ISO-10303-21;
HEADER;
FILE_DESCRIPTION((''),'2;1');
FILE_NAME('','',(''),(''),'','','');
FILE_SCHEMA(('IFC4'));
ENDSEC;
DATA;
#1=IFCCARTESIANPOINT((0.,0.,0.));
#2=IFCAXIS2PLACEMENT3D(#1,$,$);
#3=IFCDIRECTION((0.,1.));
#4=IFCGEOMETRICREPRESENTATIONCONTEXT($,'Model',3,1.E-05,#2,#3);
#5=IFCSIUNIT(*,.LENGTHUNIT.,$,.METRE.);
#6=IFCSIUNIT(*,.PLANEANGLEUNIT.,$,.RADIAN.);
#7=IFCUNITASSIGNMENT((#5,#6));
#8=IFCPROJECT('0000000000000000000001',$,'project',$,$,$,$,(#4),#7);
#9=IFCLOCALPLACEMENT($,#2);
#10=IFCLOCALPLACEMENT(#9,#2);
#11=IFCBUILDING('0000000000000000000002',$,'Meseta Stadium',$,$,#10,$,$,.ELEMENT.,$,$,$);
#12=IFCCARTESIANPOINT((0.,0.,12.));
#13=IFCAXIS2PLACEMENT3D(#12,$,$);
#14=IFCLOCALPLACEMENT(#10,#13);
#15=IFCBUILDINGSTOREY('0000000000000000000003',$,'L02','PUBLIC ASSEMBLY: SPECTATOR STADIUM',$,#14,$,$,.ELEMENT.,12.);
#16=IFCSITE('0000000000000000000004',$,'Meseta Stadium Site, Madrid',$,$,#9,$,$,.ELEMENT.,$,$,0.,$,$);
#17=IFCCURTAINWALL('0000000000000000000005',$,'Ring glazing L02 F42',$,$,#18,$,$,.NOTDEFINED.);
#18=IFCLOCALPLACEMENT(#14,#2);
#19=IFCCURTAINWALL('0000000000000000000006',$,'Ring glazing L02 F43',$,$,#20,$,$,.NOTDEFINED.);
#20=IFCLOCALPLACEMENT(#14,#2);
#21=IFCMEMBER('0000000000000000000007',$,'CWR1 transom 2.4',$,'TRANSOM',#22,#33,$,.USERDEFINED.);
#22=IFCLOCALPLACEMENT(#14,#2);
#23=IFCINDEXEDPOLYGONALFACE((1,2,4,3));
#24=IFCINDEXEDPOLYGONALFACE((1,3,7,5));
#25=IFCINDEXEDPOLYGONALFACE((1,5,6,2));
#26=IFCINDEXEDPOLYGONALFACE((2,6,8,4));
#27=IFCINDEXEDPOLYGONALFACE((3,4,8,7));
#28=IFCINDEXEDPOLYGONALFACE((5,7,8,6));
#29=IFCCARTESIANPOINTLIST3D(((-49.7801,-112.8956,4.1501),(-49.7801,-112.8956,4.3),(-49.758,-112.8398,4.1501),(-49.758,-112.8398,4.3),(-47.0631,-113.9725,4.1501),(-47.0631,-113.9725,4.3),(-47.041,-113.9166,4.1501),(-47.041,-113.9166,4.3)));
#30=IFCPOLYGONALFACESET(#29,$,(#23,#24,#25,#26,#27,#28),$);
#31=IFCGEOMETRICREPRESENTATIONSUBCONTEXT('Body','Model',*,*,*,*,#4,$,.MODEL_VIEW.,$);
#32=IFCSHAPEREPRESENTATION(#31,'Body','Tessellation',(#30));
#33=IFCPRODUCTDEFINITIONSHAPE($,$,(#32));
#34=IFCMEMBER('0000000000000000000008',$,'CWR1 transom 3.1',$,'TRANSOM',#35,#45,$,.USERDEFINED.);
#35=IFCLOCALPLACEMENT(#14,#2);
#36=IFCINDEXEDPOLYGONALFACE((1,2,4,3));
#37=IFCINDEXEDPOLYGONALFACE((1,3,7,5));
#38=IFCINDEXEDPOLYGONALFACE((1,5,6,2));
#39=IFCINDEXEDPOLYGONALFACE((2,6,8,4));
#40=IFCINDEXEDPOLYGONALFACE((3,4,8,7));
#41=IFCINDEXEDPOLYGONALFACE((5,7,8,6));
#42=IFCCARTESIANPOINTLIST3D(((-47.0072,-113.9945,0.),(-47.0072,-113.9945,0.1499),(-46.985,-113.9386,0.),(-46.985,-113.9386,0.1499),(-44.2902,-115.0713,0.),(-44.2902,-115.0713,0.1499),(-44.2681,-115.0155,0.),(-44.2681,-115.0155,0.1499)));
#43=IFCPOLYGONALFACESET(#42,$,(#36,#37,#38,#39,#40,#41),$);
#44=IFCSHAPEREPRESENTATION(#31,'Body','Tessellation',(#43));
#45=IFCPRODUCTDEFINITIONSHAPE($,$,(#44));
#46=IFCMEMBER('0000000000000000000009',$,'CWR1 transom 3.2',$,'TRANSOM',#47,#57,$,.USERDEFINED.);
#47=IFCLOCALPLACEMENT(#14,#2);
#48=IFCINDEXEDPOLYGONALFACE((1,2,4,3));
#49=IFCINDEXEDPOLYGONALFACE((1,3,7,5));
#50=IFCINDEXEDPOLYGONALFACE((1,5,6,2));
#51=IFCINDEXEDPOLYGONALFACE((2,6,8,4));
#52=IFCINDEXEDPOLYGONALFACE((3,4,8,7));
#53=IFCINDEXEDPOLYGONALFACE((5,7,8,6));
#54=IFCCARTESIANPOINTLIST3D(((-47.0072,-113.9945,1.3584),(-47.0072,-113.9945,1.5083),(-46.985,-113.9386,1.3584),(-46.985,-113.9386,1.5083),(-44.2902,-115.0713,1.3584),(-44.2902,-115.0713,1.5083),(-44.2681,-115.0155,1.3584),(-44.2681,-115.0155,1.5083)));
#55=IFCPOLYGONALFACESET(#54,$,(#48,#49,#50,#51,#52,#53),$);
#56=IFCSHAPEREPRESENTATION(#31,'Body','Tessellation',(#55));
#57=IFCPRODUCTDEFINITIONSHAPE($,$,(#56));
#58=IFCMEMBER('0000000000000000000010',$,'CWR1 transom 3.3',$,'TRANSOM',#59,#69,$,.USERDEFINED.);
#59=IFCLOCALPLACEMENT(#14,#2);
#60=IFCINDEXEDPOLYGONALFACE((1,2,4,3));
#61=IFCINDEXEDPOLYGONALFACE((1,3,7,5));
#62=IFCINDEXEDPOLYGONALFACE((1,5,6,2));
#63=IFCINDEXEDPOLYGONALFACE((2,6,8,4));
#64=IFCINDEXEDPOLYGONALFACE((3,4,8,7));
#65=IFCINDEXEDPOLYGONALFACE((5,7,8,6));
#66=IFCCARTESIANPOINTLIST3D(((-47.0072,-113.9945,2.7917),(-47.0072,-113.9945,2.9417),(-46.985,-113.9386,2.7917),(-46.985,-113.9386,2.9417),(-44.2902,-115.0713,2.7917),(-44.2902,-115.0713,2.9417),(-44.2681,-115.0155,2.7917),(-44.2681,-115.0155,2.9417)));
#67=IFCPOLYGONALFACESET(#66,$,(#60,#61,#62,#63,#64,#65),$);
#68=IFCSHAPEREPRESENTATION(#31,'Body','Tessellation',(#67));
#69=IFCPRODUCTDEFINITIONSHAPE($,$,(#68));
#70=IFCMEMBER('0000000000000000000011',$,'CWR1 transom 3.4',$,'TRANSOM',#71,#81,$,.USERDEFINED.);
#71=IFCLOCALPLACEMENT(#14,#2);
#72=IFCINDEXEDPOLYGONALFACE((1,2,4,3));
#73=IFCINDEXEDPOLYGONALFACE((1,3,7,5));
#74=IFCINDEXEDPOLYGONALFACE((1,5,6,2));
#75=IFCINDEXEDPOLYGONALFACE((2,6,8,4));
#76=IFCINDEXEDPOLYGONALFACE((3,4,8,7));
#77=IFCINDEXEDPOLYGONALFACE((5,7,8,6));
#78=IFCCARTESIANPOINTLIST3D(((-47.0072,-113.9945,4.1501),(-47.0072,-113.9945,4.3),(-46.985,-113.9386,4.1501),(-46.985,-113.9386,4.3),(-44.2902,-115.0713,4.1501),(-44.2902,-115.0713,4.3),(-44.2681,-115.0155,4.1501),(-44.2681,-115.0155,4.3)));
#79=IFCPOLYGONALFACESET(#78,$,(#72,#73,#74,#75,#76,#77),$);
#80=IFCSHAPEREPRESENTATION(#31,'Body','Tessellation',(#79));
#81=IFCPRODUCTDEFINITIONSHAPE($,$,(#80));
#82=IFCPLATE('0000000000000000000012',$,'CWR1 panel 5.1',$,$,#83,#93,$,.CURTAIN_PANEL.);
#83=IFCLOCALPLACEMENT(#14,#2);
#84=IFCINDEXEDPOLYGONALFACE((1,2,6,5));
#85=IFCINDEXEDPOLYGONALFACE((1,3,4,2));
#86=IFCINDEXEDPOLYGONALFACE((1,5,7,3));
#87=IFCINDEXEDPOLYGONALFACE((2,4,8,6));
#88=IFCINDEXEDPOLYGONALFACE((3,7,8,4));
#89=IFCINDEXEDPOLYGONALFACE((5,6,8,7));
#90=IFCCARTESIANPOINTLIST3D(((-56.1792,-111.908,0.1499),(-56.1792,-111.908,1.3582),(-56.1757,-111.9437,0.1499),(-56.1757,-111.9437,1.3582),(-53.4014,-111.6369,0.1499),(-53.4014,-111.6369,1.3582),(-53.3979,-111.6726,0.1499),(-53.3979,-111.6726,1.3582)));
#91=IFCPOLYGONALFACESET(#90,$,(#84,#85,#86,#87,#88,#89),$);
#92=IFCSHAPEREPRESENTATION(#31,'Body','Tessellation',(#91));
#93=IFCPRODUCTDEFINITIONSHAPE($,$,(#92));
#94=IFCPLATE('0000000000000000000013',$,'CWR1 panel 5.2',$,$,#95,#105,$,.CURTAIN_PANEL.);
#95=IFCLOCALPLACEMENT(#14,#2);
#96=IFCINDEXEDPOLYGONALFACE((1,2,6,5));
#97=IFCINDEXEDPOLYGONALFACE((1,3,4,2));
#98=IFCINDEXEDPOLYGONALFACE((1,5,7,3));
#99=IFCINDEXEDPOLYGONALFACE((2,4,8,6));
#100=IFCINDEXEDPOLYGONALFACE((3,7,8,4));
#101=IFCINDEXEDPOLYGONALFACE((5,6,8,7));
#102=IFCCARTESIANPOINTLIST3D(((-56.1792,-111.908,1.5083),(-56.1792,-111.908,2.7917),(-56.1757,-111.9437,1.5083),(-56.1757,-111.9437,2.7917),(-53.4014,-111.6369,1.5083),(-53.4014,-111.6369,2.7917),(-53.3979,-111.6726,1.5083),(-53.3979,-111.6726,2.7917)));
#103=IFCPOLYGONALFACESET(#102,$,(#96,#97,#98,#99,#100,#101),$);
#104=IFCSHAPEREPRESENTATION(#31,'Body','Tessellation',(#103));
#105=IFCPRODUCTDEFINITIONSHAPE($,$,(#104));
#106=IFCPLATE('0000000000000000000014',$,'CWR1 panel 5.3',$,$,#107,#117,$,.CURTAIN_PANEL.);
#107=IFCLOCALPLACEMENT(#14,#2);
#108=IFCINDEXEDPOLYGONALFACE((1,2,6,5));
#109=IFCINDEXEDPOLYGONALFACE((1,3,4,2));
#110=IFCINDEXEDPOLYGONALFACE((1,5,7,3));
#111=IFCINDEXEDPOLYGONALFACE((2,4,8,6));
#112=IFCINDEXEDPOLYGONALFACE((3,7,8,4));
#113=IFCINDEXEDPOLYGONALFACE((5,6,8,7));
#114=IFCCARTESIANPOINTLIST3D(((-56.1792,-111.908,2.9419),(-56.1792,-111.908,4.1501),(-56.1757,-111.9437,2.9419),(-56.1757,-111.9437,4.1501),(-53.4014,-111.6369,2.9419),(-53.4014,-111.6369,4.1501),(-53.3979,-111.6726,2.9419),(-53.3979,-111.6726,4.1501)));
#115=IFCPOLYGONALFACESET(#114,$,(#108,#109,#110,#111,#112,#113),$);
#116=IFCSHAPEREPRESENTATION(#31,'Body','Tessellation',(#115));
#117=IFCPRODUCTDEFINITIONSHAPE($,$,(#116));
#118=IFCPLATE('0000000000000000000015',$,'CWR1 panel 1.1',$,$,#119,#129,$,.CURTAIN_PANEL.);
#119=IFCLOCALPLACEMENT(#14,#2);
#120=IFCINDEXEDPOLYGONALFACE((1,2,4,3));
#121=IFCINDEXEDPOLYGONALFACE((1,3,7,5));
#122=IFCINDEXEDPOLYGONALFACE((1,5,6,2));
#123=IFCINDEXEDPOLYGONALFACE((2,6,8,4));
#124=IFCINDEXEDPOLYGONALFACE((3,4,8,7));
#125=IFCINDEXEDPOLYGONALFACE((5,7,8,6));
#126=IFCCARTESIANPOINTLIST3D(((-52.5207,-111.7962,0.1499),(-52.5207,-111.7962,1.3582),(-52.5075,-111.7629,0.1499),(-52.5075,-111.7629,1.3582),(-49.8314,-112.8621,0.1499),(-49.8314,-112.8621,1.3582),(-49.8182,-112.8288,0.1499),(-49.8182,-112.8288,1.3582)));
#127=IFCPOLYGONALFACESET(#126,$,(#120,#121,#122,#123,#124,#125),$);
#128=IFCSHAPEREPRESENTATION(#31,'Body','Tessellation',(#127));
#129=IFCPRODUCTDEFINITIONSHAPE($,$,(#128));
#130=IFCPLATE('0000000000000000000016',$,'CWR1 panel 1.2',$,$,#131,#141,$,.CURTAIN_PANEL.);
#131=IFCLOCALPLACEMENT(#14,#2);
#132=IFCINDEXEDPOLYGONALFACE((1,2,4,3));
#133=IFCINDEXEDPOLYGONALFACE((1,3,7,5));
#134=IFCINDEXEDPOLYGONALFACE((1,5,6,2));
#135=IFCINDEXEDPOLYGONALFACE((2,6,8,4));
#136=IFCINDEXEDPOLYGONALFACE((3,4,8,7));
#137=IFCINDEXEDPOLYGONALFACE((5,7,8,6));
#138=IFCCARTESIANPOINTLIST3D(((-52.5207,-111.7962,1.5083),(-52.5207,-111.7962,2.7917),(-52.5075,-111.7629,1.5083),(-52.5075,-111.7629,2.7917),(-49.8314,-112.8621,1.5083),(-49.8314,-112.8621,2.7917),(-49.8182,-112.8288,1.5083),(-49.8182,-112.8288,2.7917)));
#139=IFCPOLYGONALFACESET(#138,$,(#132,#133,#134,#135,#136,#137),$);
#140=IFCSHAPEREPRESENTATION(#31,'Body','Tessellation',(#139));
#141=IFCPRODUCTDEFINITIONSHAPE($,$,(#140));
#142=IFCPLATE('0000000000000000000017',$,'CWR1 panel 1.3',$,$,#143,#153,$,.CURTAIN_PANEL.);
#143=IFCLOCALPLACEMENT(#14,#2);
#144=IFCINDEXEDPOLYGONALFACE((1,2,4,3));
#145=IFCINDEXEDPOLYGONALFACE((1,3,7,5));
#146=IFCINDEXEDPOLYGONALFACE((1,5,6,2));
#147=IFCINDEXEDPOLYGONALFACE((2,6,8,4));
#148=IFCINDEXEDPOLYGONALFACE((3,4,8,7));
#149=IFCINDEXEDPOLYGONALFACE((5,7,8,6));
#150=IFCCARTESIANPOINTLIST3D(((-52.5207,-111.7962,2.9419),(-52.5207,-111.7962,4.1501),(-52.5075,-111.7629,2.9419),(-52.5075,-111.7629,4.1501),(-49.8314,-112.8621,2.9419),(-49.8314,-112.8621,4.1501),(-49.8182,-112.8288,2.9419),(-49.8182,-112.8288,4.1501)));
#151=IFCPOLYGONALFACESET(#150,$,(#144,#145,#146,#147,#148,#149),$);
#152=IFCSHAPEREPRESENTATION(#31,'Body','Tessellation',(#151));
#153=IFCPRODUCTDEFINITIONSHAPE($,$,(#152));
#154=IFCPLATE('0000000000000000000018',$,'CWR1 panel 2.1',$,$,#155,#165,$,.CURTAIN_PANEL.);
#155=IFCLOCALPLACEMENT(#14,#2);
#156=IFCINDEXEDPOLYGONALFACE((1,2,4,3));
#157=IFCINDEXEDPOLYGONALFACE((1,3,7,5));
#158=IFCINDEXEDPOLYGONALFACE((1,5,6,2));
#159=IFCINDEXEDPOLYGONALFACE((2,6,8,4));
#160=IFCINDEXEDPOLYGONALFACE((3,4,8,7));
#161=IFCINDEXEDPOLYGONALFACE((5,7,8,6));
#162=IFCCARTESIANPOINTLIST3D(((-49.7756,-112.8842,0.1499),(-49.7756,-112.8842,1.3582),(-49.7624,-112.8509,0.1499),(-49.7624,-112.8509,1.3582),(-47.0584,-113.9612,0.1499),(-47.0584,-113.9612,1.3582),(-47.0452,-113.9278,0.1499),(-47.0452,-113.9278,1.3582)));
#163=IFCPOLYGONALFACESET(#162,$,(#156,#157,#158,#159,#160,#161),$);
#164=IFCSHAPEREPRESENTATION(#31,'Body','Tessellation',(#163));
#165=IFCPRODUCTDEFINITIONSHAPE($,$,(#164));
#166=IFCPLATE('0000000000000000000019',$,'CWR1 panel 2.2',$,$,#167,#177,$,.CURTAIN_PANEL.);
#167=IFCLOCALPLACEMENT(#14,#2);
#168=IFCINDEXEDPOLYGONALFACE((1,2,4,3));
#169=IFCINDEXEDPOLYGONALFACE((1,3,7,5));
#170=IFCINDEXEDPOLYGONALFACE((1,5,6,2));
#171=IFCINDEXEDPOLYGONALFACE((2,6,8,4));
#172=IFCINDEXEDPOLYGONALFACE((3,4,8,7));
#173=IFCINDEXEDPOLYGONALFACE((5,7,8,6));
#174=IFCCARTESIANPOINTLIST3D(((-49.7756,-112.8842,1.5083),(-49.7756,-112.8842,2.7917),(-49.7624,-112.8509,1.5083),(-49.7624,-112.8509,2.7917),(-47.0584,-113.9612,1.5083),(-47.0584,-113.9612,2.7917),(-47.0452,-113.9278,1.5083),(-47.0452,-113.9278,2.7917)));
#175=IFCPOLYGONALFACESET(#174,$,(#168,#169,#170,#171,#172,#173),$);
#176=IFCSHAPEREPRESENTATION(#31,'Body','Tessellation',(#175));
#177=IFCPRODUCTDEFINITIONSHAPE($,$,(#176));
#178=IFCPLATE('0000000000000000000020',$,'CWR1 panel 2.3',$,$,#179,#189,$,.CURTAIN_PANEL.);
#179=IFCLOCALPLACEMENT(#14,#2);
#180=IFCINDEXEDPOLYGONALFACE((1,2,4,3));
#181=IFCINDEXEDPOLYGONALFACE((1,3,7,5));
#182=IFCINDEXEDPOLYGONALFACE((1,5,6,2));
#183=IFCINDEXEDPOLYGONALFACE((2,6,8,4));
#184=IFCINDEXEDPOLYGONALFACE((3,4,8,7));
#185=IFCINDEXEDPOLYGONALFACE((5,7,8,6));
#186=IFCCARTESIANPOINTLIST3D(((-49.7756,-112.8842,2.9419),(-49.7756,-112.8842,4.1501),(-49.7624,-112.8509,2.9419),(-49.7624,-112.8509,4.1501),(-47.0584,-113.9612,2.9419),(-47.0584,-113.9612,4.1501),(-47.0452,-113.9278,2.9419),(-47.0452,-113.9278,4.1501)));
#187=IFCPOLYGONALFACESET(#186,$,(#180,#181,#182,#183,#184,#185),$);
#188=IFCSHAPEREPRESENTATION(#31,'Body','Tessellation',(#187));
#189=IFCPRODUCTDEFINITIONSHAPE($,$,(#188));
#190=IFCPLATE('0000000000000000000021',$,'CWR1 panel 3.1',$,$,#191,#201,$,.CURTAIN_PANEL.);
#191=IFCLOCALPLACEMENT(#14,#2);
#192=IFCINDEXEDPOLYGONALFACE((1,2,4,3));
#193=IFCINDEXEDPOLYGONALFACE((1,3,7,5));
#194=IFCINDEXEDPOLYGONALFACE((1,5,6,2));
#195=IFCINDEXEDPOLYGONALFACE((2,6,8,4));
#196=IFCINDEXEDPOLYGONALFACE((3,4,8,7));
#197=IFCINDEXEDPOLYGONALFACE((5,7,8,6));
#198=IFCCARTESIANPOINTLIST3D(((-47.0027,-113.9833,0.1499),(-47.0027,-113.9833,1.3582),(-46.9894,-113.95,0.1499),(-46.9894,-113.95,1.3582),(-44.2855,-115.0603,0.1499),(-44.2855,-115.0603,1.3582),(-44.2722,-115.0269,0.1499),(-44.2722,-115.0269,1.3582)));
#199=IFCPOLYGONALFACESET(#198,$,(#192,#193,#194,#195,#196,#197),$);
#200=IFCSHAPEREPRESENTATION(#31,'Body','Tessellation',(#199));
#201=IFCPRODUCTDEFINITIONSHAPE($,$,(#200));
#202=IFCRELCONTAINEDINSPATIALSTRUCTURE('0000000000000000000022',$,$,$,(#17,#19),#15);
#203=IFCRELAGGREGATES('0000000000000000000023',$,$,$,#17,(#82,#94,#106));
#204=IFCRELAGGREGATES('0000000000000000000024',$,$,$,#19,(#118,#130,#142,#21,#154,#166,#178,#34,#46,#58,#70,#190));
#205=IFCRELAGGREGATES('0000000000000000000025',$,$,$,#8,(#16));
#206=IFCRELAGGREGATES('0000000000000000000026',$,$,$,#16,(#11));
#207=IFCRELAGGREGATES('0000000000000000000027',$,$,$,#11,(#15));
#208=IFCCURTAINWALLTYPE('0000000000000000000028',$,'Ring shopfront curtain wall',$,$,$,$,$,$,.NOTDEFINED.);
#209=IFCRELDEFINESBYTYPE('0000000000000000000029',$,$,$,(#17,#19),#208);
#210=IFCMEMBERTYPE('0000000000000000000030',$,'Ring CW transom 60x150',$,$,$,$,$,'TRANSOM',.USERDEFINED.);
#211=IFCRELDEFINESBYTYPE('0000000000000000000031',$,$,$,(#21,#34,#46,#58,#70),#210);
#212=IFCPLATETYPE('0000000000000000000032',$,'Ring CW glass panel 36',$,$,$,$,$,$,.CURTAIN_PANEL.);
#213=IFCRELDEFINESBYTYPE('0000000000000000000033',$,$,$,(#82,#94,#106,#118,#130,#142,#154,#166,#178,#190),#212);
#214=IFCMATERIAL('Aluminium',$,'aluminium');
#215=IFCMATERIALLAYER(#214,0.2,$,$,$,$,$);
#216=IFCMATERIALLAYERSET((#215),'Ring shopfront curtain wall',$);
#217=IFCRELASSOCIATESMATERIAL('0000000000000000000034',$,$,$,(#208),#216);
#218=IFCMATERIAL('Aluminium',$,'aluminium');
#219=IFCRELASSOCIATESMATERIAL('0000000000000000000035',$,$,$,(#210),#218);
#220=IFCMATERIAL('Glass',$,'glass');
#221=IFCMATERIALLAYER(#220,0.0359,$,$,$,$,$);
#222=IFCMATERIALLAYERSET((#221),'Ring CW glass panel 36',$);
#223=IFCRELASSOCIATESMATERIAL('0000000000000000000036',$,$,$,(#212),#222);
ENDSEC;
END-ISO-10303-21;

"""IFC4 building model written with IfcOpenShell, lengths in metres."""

from ifc_helpers import new_model, si_unit, direction, frame, origin, origin_2d, place, context, subcontext, project, spatial, rectangle, extrude, material, layer, layer_set, material_profile, profile_set, type_object, element, aggregate, save


model = new_model("IFC4")

# Units and contexts
model_context = context("Model", 3, precision=1e-05, world=origin(), true_north=direction((0.0, 1.0)))
body_context = subcontext(model_context, "Body", "Model", "MODEL_VIEW")
ifc_project = project(units=[si_unit("LENGTHUNIT", "METRE"), si_unit("PLANEANGLEUNIT", "RADIAN")], contexts=[model_context])

# Site, building, storey
site_placement = place(None, origin())
site = spatial("IfcSite", under=ifc_project, at=site_placement, Name="Meseta Stadium Site, Madrid", CompositionType="ELEMENT", RefElevation=0.0)
building_placement = place(site_placement, origin())
building = spatial("IfcBuilding", under=site, at=building_placement, Name="Meseta Stadium", CompositionType="ELEMENT")
storey_placement = place(building_placement, frame((0.0, 0.0, 12.0)))
storey = spatial("IfcBuildingStorey", under=building, at=storey_placement, Name="L02", Description="PUBLIC ASSEMBLY: SPECTATOR STADIUM", CompositionType="ELEMENT", Elevation=12.0)

# Curtain wall
ifc_material_1 = material(Name="Aluminium", Category="aluminium")
ifc_layer_1 = layer(ifc_material_1, 0.2)
ifc_layer_set_1 = layer_set([ifc_layer_1], Name="Ring shopfront curtain wall")
curtain_wall_type = type_object("IfcCurtainWallType", Name="Ring shopfront curtain wall", PredefinedType="NOTDEFINED", material=ifc_layer_set_1)
curtain_wall_1_placement = place(storey_placement, origin())
curtain_wall_1 = element("IfcCurtainWall", 1, at=curtain_wall_1_placement, inside=storey, type_object=curtain_wall_type, Name="Ring glazing L02 F42", PredefinedType="NOTDEFINED")

# Curtain wall, members
curtain_wall_2_placement = place(storey_placement, origin())
curtain_wall_2 = element("IfcCurtainWall", 2, at=curtain_wall_2_placement, inside=storey, type_object=curtain_wall_type, Name="Ring glazing L02 F43", PredefinedType="NOTDEFINED")
ifc_material_2 = material(Name="Aluminium", Category="aluminium")
ifc_material_profile_1 = material_profile(ifc_material_2, rectangle(XDim=0.0601, YDim=0.1499, at=origin_2d()), Name="CW 60x150")
ifc_profile_set_1 = profile_set([ifc_material_profile_1], Name="Aluminium")
member_type_1 = type_object("IfcMemberType", Name="Ring CW transom 60x150", ElementType="TRANSOM", PredefinedType="USERDEFINED", material=ifc_profile_set_1)
member_1_placement = place(storey_placement, frame((-49.769, -112.8677, 4.2251), z_axis=(0.929642, -0.368465, 0.0), x_axis=(0.368465, 0.929642, 0.0)))
member_1 = element("IfcMember", 3, at=member_1_placement, type_object=member_type_1, Name="CWR1 transom 2.4", ObjectType="TRANSOM", PredefinedType="USERDEFINED", context=body_context, shape_type="SweptSolid", body=[
    extrude(rectangle(XDim=0.0601, YDim=0.1499, at=origin_2d()), origin(), (0.0, 0.0, 1.0), 2.9226),
])
member_2_placement = place(storey_placement, frame((-46.9961, -113.9666, 0.075), z_axis=(0.929642, -0.368465, 0.0), x_axis=(0.368465, 0.929642, 0.0)))
member_2 = element("IfcMember", 4, at=member_2_placement, type_object=member_type_1, Name="CWR1 transom 3.1", ObjectType="TRANSOM", PredefinedType="USERDEFINED", context=body_context, shape_type="SweptSolid", body=[
    extrude(rectangle(XDim=0.0601, YDim=0.1499, at=origin_2d()), origin(), (0.0, 0.0, 1.0), 2.9226),
])
member_3_placement = place(storey_placement, frame((-46.9961, -113.9666, 1.4333), z_axis=(0.929642, -0.368465, 0.0), x_axis=(0.368465, 0.929642, 0.0)))
member_3 = element("IfcMember", 5, at=member_3_placement, type_object=member_type_1, Name="CWR1 transom 3.2", ObjectType="TRANSOM", PredefinedType="USERDEFINED", context=body_context, shape_type="SweptSolid", body=[
    extrude(rectangle(XDim=0.0601, YDim=0.1499, at=origin_2d()), origin(), (0.0, 0.0, 1.0), 2.9226),
])
member_4_placement = place(storey_placement, frame((-46.9961, -113.9666, 2.8667), z_axis=(0.929642, -0.368465, 0.0), x_axis=(0.368465, 0.929642, 0.0)))
member_4 = element("IfcMember", 6, at=member_4_placement, type_object=member_type_1, Name="CWR1 transom 3.3", ObjectType="TRANSOM", PredefinedType="USERDEFINED", context=body_context, shape_type="SweptSolid", body=[
    extrude(rectangle(XDim=0.0601, YDim=0.1499, at=origin_2d()), origin(), (0.0, 0.0, 1.0), 2.9226),
])
member_5_placement = place(storey_placement, frame((-46.9961, -113.9666, 4.2251), z_axis=(0.929642, -0.368465, 0.0), x_axis=(0.368465, 0.929642, 0.0)))
member_5 = element("IfcMember", 7, at=member_5_placement, type_object=member_type_1, Name="CWR1 transom 3.4", ObjectType="TRANSOM", PredefinedType="USERDEFINED", context=body_context, shape_type="SweptSolid", body=[
    extrude(rectangle(XDim=0.0601, YDim=0.1499, at=origin_2d()), origin(), (0.0, 0.0, 1.0), 2.9226),
])

# Plates
ifc_material_3 = material(Name="Glass", Category="glass")
ifc_layer_2 = layer(ifc_material_3, 0.0359)
ifc_layer_set_2 = layer_set([ifc_layer_2], Name="Ring CW glass panel 36")
plate_type_1 = type_object("IfcPlateType", Name="Ring CW glass panel 36", PredefinedType="CURTAIN_PANEL", material=ifc_layer_set_2)
plate_1_placement = place(storey_placement, frame((-54.7886, -111.7903, 0.1499), z_axis=(0.0, 0.0, 1.0), x_axis=(0.995272, 0.097125, 0.0)))
plate_1 = element("IfcPlate", 8, at=plate_1_placement, type_object=plate_type_1, Name="CWR1 panel 5.1", PredefinedType="CURTAIN_PANEL", context=body_context, shape_type="SweptSolid", body=[
    extrude(rectangle(XDim=2.791, YDim=0.0359, at=origin_2d()), origin(), (0.0, 0.0, 1.0), 1.2083),
])
plate_2_placement = place(storey_placement, frame((-54.7886, -111.7903, 1.5083), z_axis=(0.0, 0.0, 1.0), x_axis=(0.995272, 0.097125, 0.0)))
plate_2 = element("IfcPlate", 9, at=plate_2_placement, type_object=plate_type_1, Name="CWR1 panel 5.2", PredefinedType="CURTAIN_PANEL", context=body_context, shape_type="SweptSolid", body=[
    extrude(rectangle(XDim=2.791, YDim=0.0359, at=origin_2d()), origin(), (0.0, 0.0, 1.0), 1.2834),
])
plate_3_placement = place(storey_placement, frame((-54.7886, -111.7903, 2.9419), z_axis=(0.0, 0.0, 1.0), x_axis=(0.995272, 0.097125, 0.0)))
plate_3 = element("IfcPlate", 10, at=plate_3_placement, type_object=plate_type_1, Name="CWR1 panel 5.3", PredefinedType="CURTAIN_PANEL", context=body_context, shape_type="SweptSolid", body=[
    extrude(rectangle(XDim=2.791, YDim=0.0359, at=origin_2d()), origin(), (0.0, 0.0, 1.0), 1.2083),
])
aggregate(curtain_wall_1, [plate_1, plate_2, plate_3])
plate_4_placement = place(storey_placement, frame((-51.1694, -112.3125, 0.1499), z_axis=(0.0, 0.0, 1.0), x_axis=(0.929646, -0.368454, 0.0)))
plate_4 = element("IfcPlate", 11, at=plate_4_placement, type_object=plate_type_1, Name="CWR1 panel 1.1", PredefinedType="CURTAIN_PANEL", context=body_context, shape_type="SweptSolid", body=[
    extrude(rectangle(XDim=2.8928, YDim=0.0359, at=origin_2d()), origin(), (0.0, 0.0, 1.0), 1.2083),
])
plate_5_placement = place(storey_placement, frame((-51.1694, -112.3125, 1.5083), z_axis=(0.0, 0.0, 1.0), x_axis=(0.929646, -0.368454, 0.0)))
plate_5 = element("IfcPlate", 12, at=plate_5_placement, type_object=plate_type_1, Name="CWR1 panel 1.2", PredefinedType="CURTAIN_PANEL", context=body_context, shape_type="SweptSolid", body=[
    extrude(rectangle(XDim=2.8928, YDim=0.0359, at=origin_2d()), origin(), (0.0, 0.0, 1.0), 1.2834),
])
plate_6_placement = place(storey_placement, frame((-51.1694, -112.3125, 2.9419), z_axis=(0.0, 0.0, 1.0), x_axis=(0.929646, -0.368454, 0.0)))
plate_6 = element("IfcPlate", 13, at=plate_6_placement, type_object=plate_type_1, Name="CWR1 panel 1.3", PredefinedType="CURTAIN_PANEL", context=body_context, shape_type="SweptSolid", body=[
    extrude(rectangle(XDim=2.8928, YDim=0.0359, at=origin_2d()), origin(), (0.0, 0.0, 1.0), 1.2083),
])
plate_7_placement = place(storey_placement, frame((-48.4104, -113.406, 0.1499), z_axis=(0.0, 0.0, 1.0), x_axis=(0.929646, -0.368454, 0.0)))
plate_7 = element("IfcPlate", 14, at=plate_7_placement, type_object=plate_type_1, Name="CWR1 panel 2.1", PredefinedType="CURTAIN_PANEL", context=body_context, shape_type="SweptSolid", body=[
    extrude(rectangle(XDim=2.9229, YDim=0.0359, at=origin_2d()), origin(), (0.0, 0.0, 1.0), 1.2083),
])
plate_8_placement = place(storey_placement, frame((-48.4104, -113.406, 1.5083), z_axis=(0.0, 0.0, 1.0), x_axis=(0.929646, -0.368454, 0.0)))
plate_8 = element("IfcPlate", 15, at=plate_8_placement, type_object=plate_type_1, Name="CWR1 panel 2.2", PredefinedType="CURTAIN_PANEL", context=body_context, shape_type="SweptSolid", body=[
    extrude(rectangle(XDim=2.9229, YDim=0.0359, at=origin_2d()), origin(), (0.0, 0.0, 1.0), 1.2834),
])
plate_9_placement = place(storey_placement, frame((-48.4104, -113.406, 2.9419), z_axis=(0.0, 0.0, 1.0), x_axis=(0.929646, -0.368454, 0.0)))
plate_9 = element("IfcPlate", 16, at=plate_9_placement, type_object=plate_type_1, Name="CWR1 panel 2.3", PredefinedType="CURTAIN_PANEL", context=body_context, shape_type="SweptSolid", body=[
    extrude(rectangle(XDim=2.9229, YDim=0.0359, at=origin_2d()), origin(), (0.0, 0.0, 1.0), 1.2083),
])
plate_10_placement = place(storey_placement, frame((-45.6375, -114.5051, 0.1499), z_axis=(0.0, 0.0, 1.0), x_axis=(0.929646, -0.368454, 0.0)))
plate_10 = element("IfcPlate", 17, at=plate_10_placement, type_object=plate_type_1, Name="CWR1 panel 3.1", PredefinedType="CURTAIN_PANEL", context=body_context, shape_type="SweptSolid", body=[
    extrude(rectangle(XDim=2.9229, YDim=0.0359, at=origin_2d()), origin(), (0.0, 0.0, 1.0), 1.2083),
])
aggregate(curtain_wall_2, [plate_4, plate_5, plate_6, member_1, plate_7, plate_8, plate_9, member_2, member_3, member_4, member_5, plate_10])

save(model, "model.ifc")
